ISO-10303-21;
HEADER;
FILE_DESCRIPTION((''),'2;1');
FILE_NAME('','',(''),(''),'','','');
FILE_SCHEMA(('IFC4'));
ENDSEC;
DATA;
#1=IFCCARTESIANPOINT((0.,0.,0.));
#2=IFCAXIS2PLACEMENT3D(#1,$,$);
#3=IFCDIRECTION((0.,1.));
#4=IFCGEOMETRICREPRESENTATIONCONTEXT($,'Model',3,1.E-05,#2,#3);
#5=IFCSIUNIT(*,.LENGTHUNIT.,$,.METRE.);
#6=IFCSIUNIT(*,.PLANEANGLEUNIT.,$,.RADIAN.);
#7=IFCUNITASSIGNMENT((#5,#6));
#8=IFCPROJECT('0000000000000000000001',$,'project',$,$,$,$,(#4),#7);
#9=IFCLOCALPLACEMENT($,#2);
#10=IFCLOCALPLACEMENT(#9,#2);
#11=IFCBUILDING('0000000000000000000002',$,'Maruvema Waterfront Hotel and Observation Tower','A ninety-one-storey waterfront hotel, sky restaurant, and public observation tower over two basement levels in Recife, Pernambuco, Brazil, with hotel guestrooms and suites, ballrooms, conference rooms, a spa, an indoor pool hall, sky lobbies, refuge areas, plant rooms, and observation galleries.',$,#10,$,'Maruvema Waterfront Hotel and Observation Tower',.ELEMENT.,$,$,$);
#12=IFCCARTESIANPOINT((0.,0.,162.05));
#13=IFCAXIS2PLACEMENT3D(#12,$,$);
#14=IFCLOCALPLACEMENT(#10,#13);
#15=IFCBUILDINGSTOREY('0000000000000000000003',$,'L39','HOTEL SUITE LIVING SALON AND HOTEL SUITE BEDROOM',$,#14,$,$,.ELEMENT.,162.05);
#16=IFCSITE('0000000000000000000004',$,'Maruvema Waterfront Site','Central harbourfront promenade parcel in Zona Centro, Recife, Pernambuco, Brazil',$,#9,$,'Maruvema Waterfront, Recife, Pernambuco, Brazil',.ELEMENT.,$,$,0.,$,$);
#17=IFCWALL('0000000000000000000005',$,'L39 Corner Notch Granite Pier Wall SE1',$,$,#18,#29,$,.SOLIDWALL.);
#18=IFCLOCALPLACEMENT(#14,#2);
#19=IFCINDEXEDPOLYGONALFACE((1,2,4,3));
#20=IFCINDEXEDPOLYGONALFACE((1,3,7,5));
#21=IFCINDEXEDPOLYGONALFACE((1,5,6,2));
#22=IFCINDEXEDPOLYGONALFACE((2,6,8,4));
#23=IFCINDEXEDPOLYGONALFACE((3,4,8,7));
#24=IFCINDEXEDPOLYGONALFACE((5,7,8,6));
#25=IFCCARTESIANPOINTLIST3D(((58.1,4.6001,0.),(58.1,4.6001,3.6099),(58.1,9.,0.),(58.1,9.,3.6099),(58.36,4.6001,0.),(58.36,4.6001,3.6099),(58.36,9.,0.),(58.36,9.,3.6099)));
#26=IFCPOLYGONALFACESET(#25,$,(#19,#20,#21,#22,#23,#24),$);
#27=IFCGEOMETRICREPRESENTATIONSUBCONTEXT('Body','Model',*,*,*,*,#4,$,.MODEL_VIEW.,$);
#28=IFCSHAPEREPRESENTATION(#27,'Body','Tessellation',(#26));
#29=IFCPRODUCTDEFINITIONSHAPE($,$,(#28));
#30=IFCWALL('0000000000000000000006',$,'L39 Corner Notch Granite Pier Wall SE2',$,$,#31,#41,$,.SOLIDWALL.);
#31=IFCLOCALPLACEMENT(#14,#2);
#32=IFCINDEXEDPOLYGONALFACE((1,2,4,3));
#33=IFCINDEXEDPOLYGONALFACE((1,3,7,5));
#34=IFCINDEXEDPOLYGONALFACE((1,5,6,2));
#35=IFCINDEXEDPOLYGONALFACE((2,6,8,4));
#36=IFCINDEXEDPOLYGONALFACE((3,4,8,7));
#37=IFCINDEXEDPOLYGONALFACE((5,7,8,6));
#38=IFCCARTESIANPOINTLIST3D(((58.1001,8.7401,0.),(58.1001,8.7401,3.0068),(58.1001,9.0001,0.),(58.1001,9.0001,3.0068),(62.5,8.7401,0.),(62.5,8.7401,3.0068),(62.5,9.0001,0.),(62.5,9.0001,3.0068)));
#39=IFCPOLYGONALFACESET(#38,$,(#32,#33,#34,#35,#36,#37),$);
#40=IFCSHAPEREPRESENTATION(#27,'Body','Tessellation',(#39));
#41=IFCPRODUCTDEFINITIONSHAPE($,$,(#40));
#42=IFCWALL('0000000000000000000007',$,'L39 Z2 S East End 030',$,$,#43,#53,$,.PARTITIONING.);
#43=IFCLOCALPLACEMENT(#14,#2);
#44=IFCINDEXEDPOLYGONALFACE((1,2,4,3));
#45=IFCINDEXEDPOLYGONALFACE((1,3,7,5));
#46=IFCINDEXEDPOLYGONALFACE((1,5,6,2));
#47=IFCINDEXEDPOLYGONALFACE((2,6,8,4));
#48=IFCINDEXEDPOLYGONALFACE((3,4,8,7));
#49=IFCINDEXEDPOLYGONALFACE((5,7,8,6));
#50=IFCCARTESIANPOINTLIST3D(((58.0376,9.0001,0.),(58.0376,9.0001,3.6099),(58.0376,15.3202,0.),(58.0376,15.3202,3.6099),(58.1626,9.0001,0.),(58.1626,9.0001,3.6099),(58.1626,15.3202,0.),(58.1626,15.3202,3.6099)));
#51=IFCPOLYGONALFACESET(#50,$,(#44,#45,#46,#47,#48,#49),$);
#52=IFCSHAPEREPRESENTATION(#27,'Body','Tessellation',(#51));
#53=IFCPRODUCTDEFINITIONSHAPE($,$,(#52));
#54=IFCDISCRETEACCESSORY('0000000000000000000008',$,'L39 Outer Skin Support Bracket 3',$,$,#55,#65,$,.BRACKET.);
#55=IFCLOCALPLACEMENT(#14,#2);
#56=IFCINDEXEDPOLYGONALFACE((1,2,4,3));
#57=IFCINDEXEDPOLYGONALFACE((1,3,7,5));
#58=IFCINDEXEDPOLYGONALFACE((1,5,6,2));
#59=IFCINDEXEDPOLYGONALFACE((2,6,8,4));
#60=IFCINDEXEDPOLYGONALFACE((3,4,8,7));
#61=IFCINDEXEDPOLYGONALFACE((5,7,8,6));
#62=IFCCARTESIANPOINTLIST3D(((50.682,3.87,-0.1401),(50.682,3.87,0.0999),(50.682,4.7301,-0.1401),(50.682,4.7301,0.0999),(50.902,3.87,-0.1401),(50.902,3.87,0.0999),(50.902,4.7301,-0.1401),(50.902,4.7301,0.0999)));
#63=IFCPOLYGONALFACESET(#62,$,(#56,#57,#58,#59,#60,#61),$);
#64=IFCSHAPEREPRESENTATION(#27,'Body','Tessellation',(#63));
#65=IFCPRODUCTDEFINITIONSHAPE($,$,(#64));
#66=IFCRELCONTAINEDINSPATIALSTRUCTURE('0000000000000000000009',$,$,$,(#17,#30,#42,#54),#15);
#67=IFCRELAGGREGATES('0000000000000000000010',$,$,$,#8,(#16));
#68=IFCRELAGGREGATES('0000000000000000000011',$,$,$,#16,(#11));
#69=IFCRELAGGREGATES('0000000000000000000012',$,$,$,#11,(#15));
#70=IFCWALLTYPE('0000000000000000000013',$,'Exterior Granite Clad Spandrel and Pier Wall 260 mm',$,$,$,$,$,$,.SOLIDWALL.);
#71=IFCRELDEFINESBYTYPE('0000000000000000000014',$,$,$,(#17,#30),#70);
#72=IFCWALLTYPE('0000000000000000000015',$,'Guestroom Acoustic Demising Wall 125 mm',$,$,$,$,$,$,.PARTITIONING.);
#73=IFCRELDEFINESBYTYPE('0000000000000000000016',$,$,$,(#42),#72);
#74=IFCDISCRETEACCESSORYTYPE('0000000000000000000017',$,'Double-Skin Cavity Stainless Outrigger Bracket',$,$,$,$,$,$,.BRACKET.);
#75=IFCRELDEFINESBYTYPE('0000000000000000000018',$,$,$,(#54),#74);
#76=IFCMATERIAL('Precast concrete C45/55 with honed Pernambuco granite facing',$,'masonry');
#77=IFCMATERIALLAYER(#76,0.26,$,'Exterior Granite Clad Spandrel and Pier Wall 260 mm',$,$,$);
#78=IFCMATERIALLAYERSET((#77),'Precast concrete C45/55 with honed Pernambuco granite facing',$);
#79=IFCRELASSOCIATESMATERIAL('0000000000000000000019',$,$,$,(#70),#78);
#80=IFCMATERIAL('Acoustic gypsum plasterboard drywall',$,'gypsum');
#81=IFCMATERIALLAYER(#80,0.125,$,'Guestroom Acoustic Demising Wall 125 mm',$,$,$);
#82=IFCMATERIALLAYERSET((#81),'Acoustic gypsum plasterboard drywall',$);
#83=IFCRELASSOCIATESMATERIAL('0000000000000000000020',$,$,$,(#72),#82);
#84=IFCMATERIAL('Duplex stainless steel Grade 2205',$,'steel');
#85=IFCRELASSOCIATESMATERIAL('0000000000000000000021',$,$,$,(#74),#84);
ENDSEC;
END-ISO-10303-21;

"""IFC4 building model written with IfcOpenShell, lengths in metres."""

from ifc_helpers import new_model, si_unit, direction, frame, frame_2d, origin, origin_2d, place, context, subcontext, project, spatial, rectangle, extrude, material, layer, layer_set, type_object, element, save


model = new_model("IFC4")

# Units and contexts
model_context = context("Model", 3, precision=1e-05, world=origin(), true_north=direction((0.0, 1.0)))
body_context = subcontext(model_context, "Body", "Model", "MODEL_VIEW")
ifc_project = project(units=[si_unit("LENGTHUNIT", "METRE"), si_unit("PLANEANGLEUNIT", "RADIAN")], contexts=[model_context])

# Site, building, storey
site_placement = place(None, origin())
site = spatial("IfcSite", under=ifc_project, at=site_placement, Name="Maruvema Waterfront Site", Description="Central harbourfront promenade parcel in Zona Centro, Recife, Pernambuco, Brazil", LongName="Maruvema Waterfront, Recife, Pernambuco, Brazil", CompositionType="ELEMENT", RefElevation=0.0)
building_placement = place(site_placement, origin())
building = spatial("IfcBuilding", under=site, at=building_placement, Name="Maruvema Waterfront Hotel and Observation Tower", Description="A ninety-one-storey waterfront hotel, sky restaurant, and public observation tower over two basement levels in Recife, Pernambuco, Brazil, with hotel guestrooms and suites, ballrooms, conference rooms, a spa, an indoor pool hall, sky lobbies, refuge areas, plant rooms, and observation galleries.", LongName="Maruvema Waterfront Hotel and Observation Tower", CompositionType="ELEMENT")
storey_placement = place(building_placement, frame((0.0, 0.0, 162.05)))
storey = spatial("IfcBuildingStorey", under=building, at=storey_placement, Name="L39", Description="HOTEL SUITE LIVING SALON AND HOTEL SUITE BEDROOM", CompositionType="ELEMENT", Elevation=162.05)

# Walls
ifc_material_1 = material(Name="Precast concrete C45/55 with honed Pernambuco granite facing", Category="masonry")
ifc_layer_1 = layer(ifc_material_1, 0.26, Name="Exterior Granite Clad Spandrel and Pier Wall 260 mm")
ifc_layer_set_1 = layer_set([ifc_layer_1], Name="Precast concrete C45/55 with honed Pernambuco granite facing")
wall_type_1 = type_object("IfcWallType", Name="Exterior Granite Clad Spandrel and Pier Wall 260 mm", PredefinedType="SOLIDWALL", material=ifc_layer_set_1)
wall_1_placement = place(storey_placement, frame((58.23, 9.0, 0.0), z_axis=(0.0, 0.0, 1.0), x_axis=(0.0, -1.0, 0.0)))
element("IfcWall", 1, at=wall_1_placement, inside=storey, type_object=wall_type_1, Name="L39 Corner Notch Granite Pier Wall SE1", PredefinedType="SOLIDWALL", context=body_context, shape_type="SweptSolid", body=[
    extrude(rectangle(XDim=4.3999, YDim=0.26, at=frame_2d((2.2, 0.0))), origin(), (0.0, 0.0, 1.0), 3.6099),
])
wall_2_placement = place(storey_placement, frame((62.5, 8.8701, 0.0), z_axis=(0.0, 0.0, 1.0), x_axis=(-1.0, 0.0, 0.0)))
element("IfcWall", 2, at=wall_2_placement, inside=storey, type_object=wall_type_1, Name="L39 Corner Notch Granite Pier Wall SE2", PredefinedType="SOLIDWALL", context=body_context, shape_type="SweptSolid", body=[
    extrude(rectangle(XDim=4.3999, YDim=0.26, at=frame_2d((2.2, 0.0))), origin(), (0.0, 0.0, 1.0), 3.0068),
])
ifc_material_2 = material(Name="Acoustic gypsum plasterboard drywall", Category="gypsum")
ifc_layer_2 = layer(ifc_material_2, 0.125, Name="Guestroom Acoustic Demising Wall 125 mm")
ifc_layer_set_2 = layer_set([ifc_layer_2], Name="Acoustic gypsum plasterboard drywall")
wall_type_2 = type_object("IfcWallType", Name="Guestroom Acoustic Demising Wall 125 mm", PredefinedType="PARTITIONING", material=ifc_layer_set_2)
wall_3_placement = place(storey_placement, frame((58.1001, 9.0, 0.0), z_axis=(0.0, 0.0, 1.0), x_axis=(0.0, 1.0, 0.0)))
element("IfcWall", 3, at=wall_3_placement, inside=storey, type_object=wall_type_2, Name="L39 Z2 S East End 030", PredefinedType="PARTITIONING", context=body_context, shape_type="SweptSolid", body=[
    extrude(rectangle(XDim=6.3201, YDim=0.125, at=frame_2d((3.1602, 0.0))), origin(), (0.0, 0.0, 1.0), 3.6099),
])

# Discrete accessory
ifc_material_3 = material(Name="Duplex stainless steel Grade 2205", Category="steel")
discrete_accessory_type = type_object("IfcDiscreteAccessoryType", Name="Double-Skin Cavity Stainless Outrigger Bracket", PredefinedType="BRACKET", material=ifc_material_3)
discrete_accessory_placement = place(storey_placement, frame((50.792, 4.3, -0.1401), z_axis=(0.0, 0.0, 1.0), x_axis=(1.0, 0.0, 0.0)))
element("IfcDiscreteAccessory", 4, at=discrete_accessory_placement, inside=storey, type_object=discrete_accessory_type, Name="L39 Outer Skin Support Bracket 3", PredefinedType="BRACKET", context=body_context, shape_type="SweptSolid", body=[
    extrude(rectangle(XDim=0.22, YDim=0.8601, at=origin_2d()), origin(), (0.0, 0.0, 1.0), 0.24),
])

save(model, "model.ifc")
